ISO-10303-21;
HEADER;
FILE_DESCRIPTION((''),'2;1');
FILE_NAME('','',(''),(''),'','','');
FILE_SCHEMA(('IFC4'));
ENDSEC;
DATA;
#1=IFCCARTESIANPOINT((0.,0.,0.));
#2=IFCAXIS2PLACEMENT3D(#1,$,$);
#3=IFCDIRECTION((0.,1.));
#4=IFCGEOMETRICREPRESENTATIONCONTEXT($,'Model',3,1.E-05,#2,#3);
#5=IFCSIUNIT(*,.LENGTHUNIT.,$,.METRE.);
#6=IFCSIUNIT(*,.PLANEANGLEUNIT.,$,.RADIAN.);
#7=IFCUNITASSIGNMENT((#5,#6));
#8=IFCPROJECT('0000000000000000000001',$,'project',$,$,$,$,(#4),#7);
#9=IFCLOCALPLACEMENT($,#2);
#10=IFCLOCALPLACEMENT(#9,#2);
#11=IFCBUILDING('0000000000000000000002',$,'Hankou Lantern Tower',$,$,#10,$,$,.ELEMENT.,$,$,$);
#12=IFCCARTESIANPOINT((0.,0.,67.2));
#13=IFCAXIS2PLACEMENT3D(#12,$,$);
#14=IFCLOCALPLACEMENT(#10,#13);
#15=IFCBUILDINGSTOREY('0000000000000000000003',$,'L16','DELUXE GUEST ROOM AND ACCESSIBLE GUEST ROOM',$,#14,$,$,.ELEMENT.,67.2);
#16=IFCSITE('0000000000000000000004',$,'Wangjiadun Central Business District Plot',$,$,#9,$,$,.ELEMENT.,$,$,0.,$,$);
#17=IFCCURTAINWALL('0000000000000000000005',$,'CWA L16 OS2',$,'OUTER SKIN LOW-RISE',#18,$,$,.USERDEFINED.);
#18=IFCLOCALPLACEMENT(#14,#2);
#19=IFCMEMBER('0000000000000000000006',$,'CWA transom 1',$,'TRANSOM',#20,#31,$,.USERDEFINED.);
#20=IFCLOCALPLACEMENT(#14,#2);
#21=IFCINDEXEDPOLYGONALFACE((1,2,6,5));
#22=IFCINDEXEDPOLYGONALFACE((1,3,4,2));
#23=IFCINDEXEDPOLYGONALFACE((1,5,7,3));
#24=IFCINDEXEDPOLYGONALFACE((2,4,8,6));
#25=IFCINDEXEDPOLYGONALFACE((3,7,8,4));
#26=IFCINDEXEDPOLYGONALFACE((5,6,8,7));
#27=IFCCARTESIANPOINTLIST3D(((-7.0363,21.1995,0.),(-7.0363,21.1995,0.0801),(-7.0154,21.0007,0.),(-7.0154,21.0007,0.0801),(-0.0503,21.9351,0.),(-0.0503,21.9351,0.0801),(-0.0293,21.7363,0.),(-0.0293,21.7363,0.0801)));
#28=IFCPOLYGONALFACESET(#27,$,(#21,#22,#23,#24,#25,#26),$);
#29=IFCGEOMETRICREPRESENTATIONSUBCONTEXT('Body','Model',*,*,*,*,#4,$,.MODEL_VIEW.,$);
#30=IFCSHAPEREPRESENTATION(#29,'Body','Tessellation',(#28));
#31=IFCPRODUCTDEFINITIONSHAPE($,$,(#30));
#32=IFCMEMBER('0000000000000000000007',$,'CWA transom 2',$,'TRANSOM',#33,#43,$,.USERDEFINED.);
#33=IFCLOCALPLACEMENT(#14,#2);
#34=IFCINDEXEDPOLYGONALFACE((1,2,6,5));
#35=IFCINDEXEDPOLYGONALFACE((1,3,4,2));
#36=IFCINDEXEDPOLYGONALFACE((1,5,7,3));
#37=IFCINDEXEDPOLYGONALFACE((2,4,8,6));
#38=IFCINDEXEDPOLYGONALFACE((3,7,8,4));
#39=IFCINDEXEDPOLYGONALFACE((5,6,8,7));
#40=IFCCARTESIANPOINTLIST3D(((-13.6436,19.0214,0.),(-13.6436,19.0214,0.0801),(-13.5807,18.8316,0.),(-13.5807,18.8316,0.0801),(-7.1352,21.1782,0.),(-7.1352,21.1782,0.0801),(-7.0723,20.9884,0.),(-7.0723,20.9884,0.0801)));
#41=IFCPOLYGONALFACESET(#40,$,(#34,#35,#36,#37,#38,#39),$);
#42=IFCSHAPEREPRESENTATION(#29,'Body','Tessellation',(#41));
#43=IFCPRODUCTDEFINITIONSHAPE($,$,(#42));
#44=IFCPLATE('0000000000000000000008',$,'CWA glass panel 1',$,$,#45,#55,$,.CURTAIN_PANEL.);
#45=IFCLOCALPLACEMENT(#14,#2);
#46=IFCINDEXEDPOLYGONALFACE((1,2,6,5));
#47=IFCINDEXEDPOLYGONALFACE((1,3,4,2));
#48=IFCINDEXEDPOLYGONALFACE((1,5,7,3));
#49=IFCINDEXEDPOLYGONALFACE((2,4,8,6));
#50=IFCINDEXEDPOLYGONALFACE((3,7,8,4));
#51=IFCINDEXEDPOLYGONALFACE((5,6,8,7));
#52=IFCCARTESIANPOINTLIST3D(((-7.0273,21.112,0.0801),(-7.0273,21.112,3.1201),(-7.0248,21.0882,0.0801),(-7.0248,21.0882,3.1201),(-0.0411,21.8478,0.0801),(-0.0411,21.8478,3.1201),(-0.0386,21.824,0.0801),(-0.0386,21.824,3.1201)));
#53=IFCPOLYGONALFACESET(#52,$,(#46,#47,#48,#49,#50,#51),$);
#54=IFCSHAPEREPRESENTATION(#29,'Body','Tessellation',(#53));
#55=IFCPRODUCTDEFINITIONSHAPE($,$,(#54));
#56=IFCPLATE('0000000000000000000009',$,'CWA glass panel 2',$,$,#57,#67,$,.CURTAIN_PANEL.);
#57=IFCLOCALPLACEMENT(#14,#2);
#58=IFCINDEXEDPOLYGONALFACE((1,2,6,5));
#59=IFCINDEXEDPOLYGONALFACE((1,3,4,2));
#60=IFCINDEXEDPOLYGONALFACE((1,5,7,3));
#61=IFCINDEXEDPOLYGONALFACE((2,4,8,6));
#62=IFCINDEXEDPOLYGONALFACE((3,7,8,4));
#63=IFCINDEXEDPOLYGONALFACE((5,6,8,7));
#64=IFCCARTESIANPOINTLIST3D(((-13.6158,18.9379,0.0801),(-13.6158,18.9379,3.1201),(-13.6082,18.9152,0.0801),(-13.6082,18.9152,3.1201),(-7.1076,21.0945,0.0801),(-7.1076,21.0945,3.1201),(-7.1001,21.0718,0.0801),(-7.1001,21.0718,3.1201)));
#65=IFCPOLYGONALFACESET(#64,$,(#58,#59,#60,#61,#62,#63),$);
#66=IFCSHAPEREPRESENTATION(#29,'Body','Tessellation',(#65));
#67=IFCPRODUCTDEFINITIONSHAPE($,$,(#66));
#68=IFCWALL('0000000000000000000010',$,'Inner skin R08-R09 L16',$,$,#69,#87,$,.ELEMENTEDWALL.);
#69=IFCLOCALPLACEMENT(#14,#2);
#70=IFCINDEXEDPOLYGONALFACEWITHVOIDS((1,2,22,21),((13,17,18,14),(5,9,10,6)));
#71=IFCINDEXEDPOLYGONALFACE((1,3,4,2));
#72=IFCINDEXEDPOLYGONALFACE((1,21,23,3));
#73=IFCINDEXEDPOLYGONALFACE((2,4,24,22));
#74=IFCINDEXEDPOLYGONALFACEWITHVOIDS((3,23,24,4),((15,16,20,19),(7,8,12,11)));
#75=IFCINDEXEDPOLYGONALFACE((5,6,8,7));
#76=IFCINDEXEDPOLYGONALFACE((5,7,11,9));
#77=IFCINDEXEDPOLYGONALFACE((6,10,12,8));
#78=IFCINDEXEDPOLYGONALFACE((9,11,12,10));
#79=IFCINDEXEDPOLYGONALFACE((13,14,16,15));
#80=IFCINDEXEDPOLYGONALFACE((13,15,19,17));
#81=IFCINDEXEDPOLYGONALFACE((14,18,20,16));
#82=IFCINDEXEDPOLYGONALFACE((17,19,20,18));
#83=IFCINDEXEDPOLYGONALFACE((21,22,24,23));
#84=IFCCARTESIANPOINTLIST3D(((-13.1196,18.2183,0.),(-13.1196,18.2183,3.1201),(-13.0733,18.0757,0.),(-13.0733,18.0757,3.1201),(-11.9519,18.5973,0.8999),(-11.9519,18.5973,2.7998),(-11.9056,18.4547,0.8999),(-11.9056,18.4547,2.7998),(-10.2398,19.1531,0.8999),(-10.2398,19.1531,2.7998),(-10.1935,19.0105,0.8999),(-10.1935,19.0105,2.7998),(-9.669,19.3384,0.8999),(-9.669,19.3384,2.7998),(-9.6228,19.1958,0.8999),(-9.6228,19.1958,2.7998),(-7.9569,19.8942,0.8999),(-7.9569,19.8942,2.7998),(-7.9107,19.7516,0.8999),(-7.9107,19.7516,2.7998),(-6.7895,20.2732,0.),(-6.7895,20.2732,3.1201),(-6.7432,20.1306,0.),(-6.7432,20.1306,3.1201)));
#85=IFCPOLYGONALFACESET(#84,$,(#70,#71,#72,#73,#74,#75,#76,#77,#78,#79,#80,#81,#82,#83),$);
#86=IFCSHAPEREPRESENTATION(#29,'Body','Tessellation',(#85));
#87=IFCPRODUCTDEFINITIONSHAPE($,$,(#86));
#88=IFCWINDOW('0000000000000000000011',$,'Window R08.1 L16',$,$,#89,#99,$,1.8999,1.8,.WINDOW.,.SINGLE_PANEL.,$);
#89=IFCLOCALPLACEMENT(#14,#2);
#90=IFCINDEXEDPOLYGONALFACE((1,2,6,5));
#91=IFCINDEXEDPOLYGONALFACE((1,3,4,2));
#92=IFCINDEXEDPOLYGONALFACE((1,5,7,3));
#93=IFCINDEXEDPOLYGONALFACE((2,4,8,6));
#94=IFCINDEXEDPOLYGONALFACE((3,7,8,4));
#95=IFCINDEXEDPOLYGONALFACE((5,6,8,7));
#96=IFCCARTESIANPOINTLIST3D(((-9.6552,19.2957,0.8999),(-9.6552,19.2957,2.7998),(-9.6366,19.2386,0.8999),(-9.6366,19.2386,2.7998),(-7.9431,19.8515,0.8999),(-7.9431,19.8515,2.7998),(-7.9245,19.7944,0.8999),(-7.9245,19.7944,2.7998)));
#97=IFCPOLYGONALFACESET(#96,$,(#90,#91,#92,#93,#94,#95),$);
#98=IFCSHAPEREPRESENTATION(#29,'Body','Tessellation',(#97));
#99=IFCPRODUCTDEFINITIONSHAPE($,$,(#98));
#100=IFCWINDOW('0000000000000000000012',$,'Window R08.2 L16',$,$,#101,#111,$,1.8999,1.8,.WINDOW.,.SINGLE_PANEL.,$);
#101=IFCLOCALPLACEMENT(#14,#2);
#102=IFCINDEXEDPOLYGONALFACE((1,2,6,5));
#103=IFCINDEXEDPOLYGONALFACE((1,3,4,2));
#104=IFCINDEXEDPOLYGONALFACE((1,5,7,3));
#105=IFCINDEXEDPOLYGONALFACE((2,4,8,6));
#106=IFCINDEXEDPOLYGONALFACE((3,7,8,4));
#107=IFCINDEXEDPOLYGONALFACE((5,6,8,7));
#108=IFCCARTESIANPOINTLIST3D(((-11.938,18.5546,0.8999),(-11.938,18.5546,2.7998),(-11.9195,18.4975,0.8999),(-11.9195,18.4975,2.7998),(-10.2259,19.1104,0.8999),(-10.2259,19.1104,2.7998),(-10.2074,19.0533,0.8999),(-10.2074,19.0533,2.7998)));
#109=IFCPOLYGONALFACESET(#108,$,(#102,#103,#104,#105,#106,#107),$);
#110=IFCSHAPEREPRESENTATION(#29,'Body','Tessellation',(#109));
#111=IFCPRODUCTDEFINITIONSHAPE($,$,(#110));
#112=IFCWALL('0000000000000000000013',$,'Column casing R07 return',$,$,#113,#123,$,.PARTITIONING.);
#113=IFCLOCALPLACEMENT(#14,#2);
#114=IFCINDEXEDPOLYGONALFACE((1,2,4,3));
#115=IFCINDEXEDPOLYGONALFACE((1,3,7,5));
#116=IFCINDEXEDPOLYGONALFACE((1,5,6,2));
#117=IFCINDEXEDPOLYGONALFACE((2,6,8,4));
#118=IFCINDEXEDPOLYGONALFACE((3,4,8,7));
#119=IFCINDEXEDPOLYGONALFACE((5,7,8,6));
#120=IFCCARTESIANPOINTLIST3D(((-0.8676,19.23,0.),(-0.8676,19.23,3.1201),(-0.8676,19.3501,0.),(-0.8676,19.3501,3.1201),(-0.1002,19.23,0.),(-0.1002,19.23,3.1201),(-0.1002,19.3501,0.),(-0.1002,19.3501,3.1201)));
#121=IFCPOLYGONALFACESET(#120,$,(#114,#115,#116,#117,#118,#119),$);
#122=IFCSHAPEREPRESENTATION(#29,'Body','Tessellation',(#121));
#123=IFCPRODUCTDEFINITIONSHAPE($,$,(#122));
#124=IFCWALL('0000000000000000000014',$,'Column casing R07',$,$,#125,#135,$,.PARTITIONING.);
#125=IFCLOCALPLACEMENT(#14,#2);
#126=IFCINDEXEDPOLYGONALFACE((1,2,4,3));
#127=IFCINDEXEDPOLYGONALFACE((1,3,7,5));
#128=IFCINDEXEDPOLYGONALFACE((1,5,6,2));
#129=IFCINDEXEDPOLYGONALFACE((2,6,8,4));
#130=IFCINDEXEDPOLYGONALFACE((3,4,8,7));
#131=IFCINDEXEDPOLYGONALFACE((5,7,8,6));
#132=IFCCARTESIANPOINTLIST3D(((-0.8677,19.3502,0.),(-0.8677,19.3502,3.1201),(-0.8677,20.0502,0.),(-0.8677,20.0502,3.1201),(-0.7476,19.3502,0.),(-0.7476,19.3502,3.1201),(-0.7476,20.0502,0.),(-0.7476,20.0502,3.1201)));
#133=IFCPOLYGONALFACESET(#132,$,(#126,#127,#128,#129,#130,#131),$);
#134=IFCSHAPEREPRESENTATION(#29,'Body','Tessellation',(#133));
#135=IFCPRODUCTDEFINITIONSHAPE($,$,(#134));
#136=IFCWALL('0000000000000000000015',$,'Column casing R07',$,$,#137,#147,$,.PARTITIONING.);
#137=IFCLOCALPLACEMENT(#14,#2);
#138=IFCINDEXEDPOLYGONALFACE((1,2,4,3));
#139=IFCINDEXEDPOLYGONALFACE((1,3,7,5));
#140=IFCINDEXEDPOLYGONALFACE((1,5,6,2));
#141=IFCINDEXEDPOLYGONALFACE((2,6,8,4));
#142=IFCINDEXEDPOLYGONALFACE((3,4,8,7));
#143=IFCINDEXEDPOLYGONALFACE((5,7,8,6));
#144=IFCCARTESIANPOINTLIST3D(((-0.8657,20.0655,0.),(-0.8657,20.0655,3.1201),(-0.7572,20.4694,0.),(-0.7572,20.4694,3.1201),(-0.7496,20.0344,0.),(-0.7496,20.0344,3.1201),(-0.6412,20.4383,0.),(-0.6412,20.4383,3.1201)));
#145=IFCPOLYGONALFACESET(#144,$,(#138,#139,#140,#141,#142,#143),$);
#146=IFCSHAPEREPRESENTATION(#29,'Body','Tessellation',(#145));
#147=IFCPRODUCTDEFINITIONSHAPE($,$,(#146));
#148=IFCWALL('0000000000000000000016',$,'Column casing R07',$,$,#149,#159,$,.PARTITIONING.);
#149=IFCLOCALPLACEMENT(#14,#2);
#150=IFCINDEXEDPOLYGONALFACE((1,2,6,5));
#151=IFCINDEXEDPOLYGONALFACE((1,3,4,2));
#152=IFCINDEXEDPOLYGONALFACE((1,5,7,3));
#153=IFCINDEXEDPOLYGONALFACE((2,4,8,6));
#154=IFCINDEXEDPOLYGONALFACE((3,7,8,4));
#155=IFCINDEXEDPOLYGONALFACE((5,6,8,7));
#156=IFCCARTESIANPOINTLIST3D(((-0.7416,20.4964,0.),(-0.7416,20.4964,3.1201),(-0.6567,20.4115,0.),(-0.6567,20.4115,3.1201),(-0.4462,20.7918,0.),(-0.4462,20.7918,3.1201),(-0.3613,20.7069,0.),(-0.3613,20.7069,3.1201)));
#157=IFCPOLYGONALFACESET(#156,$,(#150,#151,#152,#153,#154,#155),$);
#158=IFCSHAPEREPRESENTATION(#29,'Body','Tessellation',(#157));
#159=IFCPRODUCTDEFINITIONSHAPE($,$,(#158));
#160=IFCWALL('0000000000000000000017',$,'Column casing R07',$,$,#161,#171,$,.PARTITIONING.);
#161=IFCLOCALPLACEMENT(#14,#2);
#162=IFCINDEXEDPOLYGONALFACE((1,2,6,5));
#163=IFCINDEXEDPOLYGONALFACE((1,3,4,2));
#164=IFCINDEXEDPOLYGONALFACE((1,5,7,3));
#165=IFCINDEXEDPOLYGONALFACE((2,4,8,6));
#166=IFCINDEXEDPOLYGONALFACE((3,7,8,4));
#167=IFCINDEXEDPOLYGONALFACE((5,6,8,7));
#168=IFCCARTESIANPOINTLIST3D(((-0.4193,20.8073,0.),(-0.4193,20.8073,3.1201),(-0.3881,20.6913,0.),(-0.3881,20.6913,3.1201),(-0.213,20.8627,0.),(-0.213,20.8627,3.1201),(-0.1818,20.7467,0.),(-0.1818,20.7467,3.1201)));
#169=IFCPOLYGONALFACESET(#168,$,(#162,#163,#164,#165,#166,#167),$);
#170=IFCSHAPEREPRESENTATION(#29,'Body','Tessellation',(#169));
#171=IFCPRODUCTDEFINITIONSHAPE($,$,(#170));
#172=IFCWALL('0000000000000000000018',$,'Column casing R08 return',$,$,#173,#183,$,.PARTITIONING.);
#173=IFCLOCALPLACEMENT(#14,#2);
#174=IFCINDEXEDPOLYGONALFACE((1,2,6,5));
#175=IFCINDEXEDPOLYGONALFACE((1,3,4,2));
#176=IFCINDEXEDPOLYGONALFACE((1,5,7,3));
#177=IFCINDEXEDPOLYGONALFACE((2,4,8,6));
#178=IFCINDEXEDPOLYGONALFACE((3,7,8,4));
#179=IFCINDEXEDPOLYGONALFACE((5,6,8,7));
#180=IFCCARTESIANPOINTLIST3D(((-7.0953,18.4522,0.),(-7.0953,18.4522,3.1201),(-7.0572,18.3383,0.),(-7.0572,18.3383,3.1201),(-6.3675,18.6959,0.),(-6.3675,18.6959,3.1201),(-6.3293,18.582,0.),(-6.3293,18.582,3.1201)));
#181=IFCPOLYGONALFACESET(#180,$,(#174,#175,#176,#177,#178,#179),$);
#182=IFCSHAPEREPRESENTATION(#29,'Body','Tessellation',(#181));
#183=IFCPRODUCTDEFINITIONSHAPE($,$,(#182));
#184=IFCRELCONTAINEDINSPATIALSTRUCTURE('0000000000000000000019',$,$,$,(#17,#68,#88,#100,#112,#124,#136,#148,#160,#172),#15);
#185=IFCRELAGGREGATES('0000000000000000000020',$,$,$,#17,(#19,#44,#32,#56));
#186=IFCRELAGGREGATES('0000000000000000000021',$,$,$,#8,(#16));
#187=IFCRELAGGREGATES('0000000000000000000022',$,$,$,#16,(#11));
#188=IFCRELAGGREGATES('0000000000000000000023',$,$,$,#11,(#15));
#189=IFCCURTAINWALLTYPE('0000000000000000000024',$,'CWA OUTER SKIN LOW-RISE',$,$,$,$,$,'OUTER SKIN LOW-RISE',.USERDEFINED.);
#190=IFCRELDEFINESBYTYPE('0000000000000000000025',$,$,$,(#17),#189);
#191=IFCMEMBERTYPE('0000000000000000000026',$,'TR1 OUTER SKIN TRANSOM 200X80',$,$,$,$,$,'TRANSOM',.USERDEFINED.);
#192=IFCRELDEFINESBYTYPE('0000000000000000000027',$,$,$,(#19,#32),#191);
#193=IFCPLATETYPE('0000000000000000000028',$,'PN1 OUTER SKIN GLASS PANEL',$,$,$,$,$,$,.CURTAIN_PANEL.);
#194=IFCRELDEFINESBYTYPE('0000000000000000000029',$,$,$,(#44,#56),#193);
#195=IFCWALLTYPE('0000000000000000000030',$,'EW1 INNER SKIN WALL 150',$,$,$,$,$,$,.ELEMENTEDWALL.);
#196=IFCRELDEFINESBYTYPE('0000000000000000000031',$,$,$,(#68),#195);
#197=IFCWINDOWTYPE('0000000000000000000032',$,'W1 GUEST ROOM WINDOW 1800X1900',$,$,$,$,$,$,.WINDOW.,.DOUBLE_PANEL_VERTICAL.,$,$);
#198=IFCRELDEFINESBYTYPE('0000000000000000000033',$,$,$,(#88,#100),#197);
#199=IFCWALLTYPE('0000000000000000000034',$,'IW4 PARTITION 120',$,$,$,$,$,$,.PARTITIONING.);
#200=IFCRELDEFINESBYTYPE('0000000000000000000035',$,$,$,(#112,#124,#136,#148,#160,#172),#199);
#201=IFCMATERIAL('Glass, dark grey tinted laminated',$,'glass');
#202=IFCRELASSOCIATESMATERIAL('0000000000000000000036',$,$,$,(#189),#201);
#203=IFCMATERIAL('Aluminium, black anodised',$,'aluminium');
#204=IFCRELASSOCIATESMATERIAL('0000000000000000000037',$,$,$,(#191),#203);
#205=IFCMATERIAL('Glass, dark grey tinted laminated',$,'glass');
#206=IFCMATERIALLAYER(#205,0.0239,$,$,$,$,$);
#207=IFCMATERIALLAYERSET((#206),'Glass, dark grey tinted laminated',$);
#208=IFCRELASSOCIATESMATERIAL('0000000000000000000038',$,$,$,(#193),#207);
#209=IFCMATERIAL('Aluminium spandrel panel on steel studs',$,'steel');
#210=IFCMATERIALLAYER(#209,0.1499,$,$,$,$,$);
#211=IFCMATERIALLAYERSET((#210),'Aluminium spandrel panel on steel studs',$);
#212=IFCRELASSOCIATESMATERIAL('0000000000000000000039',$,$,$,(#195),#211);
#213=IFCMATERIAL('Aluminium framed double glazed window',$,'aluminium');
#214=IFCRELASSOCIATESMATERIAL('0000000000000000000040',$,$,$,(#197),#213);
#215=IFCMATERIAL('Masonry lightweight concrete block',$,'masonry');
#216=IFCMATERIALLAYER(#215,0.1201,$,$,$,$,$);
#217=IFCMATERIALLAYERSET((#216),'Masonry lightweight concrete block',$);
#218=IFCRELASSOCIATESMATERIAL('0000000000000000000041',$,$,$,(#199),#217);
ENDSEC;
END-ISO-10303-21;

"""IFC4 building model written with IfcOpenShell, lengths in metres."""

from ifc_helpers import new_model, si_unit, direction, frame, frame_2d, origin, origin_2d, place, context, subcontext, project, spatial, rectangle, extrude, material, layer, layer_set, material_profile, profile_set, type_object, element, fill, aggregate, save


model = new_model("IFC4")

# Units and contexts
model_context = context("Model", 3, precision=1e-05, world=origin(), true_north=direction((0.0, 1.0)))
body_context = subcontext(model_context, "Body", "Model", "MODEL_VIEW")
ifc_project = project(units=[si_unit("LENGTHUNIT", "METRE"), si_unit("PLANEANGLEUNIT", "RADIAN")], contexts=[model_context])

# Site, building, storey
site_placement = place(None, origin())
site = spatial("IfcSite", under=ifc_project, at=site_placement, Name="Wangjiadun Central Business District Plot", CompositionType="ELEMENT", RefElevation=0.0)
building_placement = place(site_placement, origin())
building = spatial("IfcBuilding", under=site, at=building_placement, Name="Hankou Lantern Tower", CompositionType="ELEMENT")
storey_placement = place(building_placement, frame((0.0, 0.0, 67.2)))
storey = spatial("IfcBuildingStorey", under=building, at=storey_placement, Name="L16", Description="DELUXE GUEST ROOM AND ACCESSIBLE GUEST ROOM", CompositionType="ELEMENT", Elevation=67.2)

# Curtain wall
ifc_material_1 = material(Name="Glass, dark grey tinted laminated", Category="glass")
curtain_wall_type = type_object("IfcCurtainWallType", Name="CWA OUTER SKIN LOW-RISE", ElementType="OUTER SKIN LOW-RISE", PredefinedType="USERDEFINED", material=ifc_material_1)
curtain_wall_placement = place(storey_placement, origin())
curtain_wall = element("IfcCurtainWall", 1, at=curtain_wall_placement, inside=storey, type_object=curtain_wall_type, Name="CWA L16 OS2", ObjectType="OUTER SKIN LOW-RISE", PredefinedType="USERDEFINED")

# Members
ifc_material_2 = material(Name="Aluminium, black anodised", Category="aluminium")
ifc_material_profile_1 = material_profile(ifc_material_2, rectangle(XDim=0.2, YDim=0.0801, at=origin_2d()), Name="TR1 200X80")
ifc_profile_set_1 = profile_set([ifc_material_profile_1], Name="Aluminium, black anodised")
member_type_1 = type_object("IfcMemberType", Name="TR1 OUTER SKIN TRANSOM 200X80", ElementType="TRANSOM", PredefinedType="USERDEFINED", material=ifc_profile_set_1)
member_1_placement = place(storey_placement, frame((-0.0398, 21.8357, 0.04), z_axis=(-0.994502, -0.104716, 0.0), x_axis=(0.104716, -0.994502, 0.0)))
member_1 = element("IfcMember", 2, at=member_1_placement, type_object=member_type_1, Name="CWA transom 1", ObjectType="TRANSOM", PredefinedType="USERDEFINED", context=body_context, shape_type="SweptSolid", body=[
    extrude(rectangle(XDim=0.2, YDim=0.0801, at=origin_2d()), origin(), (0.0, 0.0, 1.0), 7.0247),
])
member_2_placement = place(storey_placement, frame((-7.1038, 21.0833, 0.04), z_axis=(-0.949237, -0.314561, 0.0), x_axis=(0.314561, -0.949237, 0.0)))
member_2 = element("IfcMember", 3, at=member_2_placement, type_object=member_type_1, Name="CWA transom 2", ObjectType="TRANSOM", PredefinedType="USERDEFINED", context=body_context, shape_type="SweptSolid", body=[
    extrude(rectangle(XDim=0.2, YDim=0.0801, at=origin_2d()), origin(), (0.0, 0.0, 1.0), 6.8564),
])

# Plates
ifc_material_3 = material(Name="Glass, dark grey tinted laminated", Category="glass")
ifc_layer_1 = layer(ifc_material_3, 0.0239)
ifc_layer_set_1 = layer_set([ifc_layer_1], Name="Glass, dark grey tinted laminated")
plate_type = type_object("IfcPlateType", Name="PN1 OUTER SKIN GLASS PANEL", PredefinedType="CURTAIN_PANEL", material=ifc_layer_set_1)
plate_1_placement = place(storey_placement, frame((-3.533, 21.468, 0.0801), z_axis=(0.0, 0.0, 1.0), x_axis=(-0.994499, -0.104743, 0.0)))
plate_1 = element("IfcPlate", 4, at=plate_1_placement, type_object=plate_type, Name="CWA glass panel 1", PredefinedType="CURTAIN_PANEL", context=body_context, shape_type="SweptSolid", body=[
    extrude(rectangle(XDim=7.0249, YDim=0.0239, at=origin_2d()), origin(), (0.0, 0.0, 1.0), 3.04),
])
plate_2_placement = place(storey_placement, frame((-10.3579, 20.0049, 0.0801), z_axis=(0.0, 0.0, 1.0), x_axis=(-0.949241, -0.314551, 0.0)))
plate_2 = element("IfcPlate", 5, at=plate_2_placement, type_object=plate_type, Name="CWA glass panel 2", PredefinedType="CURTAIN_PANEL", context=body_context, shape_type="SweptSolid", body=[
    extrude(rectangle(XDim=6.8562, YDim=0.0239, at=origin_2d()), origin(), (0.0, 0.0, 1.0), 3.04),
])
aggregate(curtain_wall, [member_1, plate_1, member_2, plate_2])

# Wall, openings, windows
ifc_material_4 = material(Name="Aluminium spandrel panel on steel studs", Category="steel")
ifc_layer_2 = layer(ifc_material_4, 0.1499)
ifc_layer_set_2 = layer_set([ifc_layer_2], Name="Aluminium spandrel panel on steel studs")
wall_type_1 = type_object("IfcWallType", Name="EW1 INNER SKIN WALL 150", PredefinedType="ELEMENTEDWALL", material=ifc_layer_set_2)
wall_1_placement = place(storey_placement, frame((-6.7664, 20.2019, 0.0), z_axis=(0.0, 0.0, 1.0), x_axis=(-0.951138, -0.308768, 0.0)))
wall_1 = element("IfcWall", 6, at=wall_1_placement, inside=storey, type_object=wall_type_1, Name="Inner skin R08-R09 L16", PredefinedType="ELEMENTEDWALL", context=body_context, shape_type="SweptSolid", body=[
    extrude(rectangle(XDim=6.6553, YDim=0.1499, at=frame_2d((3.3276, 0.0))), origin(), (0.0, 0.0, 1.0), 3.1201),
])
opening_1_placement = place(wall_1_placement, frame((1.2275, 0.0, 0.8999)))
opening_1 = element("IfcOpeningElement", 7, at=opening_1_placement, cuts=wall_1, PredefinedType="OPENING", context=body_context, shape_type="SweptSolid", body=[
    extrude(rectangle(XDim=1.8, YDim=1.8999, at=frame_2d((0.8999, 0.95))), frame((0.0, 0.085, 0.0), z_axis=(0.0, -1.0, 0.0), x_axis=(1.0, 0.0, 0.0)), (0.0, 0.0, 1.0), 0.1699),
])
opening_2_placement = place(wall_1_placement, frame((3.6277, 0.0, 0.8999)))
opening_2 = element("IfcOpeningElement", 8, at=opening_2_placement, cuts=wall_1, PredefinedType="OPENING", context=body_context, shape_type="SweptSolid", body=[
    extrude(rectangle(XDim=1.8, YDim=1.8999, at=frame_2d((0.8999, 0.95))), frame((0.0, 0.085, 0.0), z_axis=(0.0, -1.0, 0.0), x_axis=(1.0, 0.0, 0.0)), (0.0, 0.0, 1.0), 0.1699),
])
ifc_material_5 = material(Name="Aluminium framed double glazed window", Category="aluminium")
window_type = type_object("IfcWindowType", Name="W1 GUEST ROOM WINDOW 1800X1900", PartitioningType="DOUBLE_PANEL_VERTICAL", PredefinedType="WINDOW", material=ifc_material_5)
window_1_placement = place(opening_1_placement, origin())
window_1 = element("IfcWindow", 9, at=window_1_placement, inside=storey, type_object=window_type, Name="Window R08.1 L16", OverallHeight=1.8999, OverallWidth=1.8, PartitioningType="SINGLE_PANEL", PredefinedType="WINDOW", context=body_context, shape_type="SweptSolid", body=[
    extrude(rectangle(XDim=1.8, YDim=1.8999, at=frame_2d((0.8999, 0.95))), frame((0.0, 0.03, 0.0), z_axis=(0.0, -1.0, 0.0), x_axis=(1.0, 0.0, 0.0)), (0.0, 0.0, 1.0), 0.0601),
])
fill(opening_1, window_1)
window_2_placement = place(opening_2_placement, origin())
window_2 = element("IfcWindow", 10, at=window_2_placement, inside=storey, type_object=window_type, Name="Window R08.2 L16", OverallHeight=1.8999, OverallWidth=1.8, PartitioningType="SINGLE_PANEL", PredefinedType="WINDOW", context=body_context, shape_type="SweptSolid", body=[
    extrude(rectangle(XDim=1.8, YDim=1.8999, at=frame_2d((0.8999, 0.95))), frame((0.0, 0.03, 0.0), z_axis=(0.0, -1.0, 0.0), x_axis=(1.0, 0.0, 0.0)), (0.0, 0.0, 1.0), 0.0601),
])
fill(opening_2, window_2)

# Walls
ifc_material_6 = material(Name="Masonry lightweight concrete block", Category="masonry")
ifc_layer_3 = layer(ifc_material_6, 0.1201)
ifc_layer_set_3 = layer_set([ifc_layer_3], Name="Masonry lightweight concrete block")
wall_type_2 = type_object("IfcWallType", Name="IW4 PARTITION 120", PredefinedType="PARTITIONING", material=ifc_layer_set_3)
wall_2_placement = place(storey_placement, frame((-0.1001, 19.29, 0.0), z_axis=(0.0, 0.0, 1.0), x_axis=(-1.0, 0.0, 0.0)))
element("IfcWall", 11, at=wall_2_placement, inside=storey, type_object=wall_type_2, Name="Column casing R07 return", PredefinedType="PARTITIONING", context=body_context, shape_type="SweptSolid", body=[
    extrude(rectangle(XDim=0.7673, YDim=0.1201, at=frame_2d((0.3838, 0.0))), origin(), (0.0, 0.0, 1.0), 3.1201),
])
wall_3_placement = place(storey_placement, frame((-0.8076, 19.3501, 0.0), z_axis=(0.0, 0.0, 1.0), x_axis=(0.0, 1.0, 0.0)))
element("IfcWall", 12, at=wall_3_placement, inside=storey, type_object=wall_type_2, Name="Column casing R07", PredefinedType="PARTITIONING", context=body_context, shape_type="SweptSolid", body=[
    extrude(rectangle(XDim=0.7, YDim=0.1201, at=frame_2d((0.3501, 0.0))), origin(), (0.0, 0.0, 1.0), 3.1201),
])
wall_4_placement = place(storey_placement, frame((-0.8076, 20.05, 0.0), z_axis=(0.0, 0.0, 1.0), x_axis=(0.259261, 0.965807, 0.0)))
element("IfcWall", 13, at=wall_4_placement, inside=storey, type_object=wall_type_2, Name="Column casing R07", PredefinedType="PARTITIONING", context=body_context, shape_type="SweptSolid", body=[
    extrude(rectangle(XDim=0.4182, YDim=0.1201, at=frame_2d((0.209, 0.0))), origin(), (0.0, 0.0, 1.0), 3.1201),
])
wall_5_placement = place(storey_placement, frame((-0.6992, 20.4539, 0.0), z_axis=(0.0, 0.0, 1.0), x_axis=(0.707107, 0.707107, 0.0)))
element("IfcWall", 14, at=wall_5_placement, inside=storey, type_object=wall_type_2, Name="Column casing R07", PredefinedType="PARTITIONING", context=body_context, shape_type="SweptSolid", body=[
    extrude(rectangle(XDim=0.4177, YDim=0.1201, at=frame_2d((0.209, 0.0))), origin(), (0.0, 0.0, 1.0), 3.1201),
])
wall_6_placement = place(storey_placement, frame((-0.4038, 20.7493, 0.0), z_axis=(0.0, 0.0, 1.0), x_axis=(0.965759, 0.259441, 0.0)))
element("IfcWall", 15, at=wall_6_placement, inside=storey, type_object=wall_type_2, Name="Column casing R07", PredefinedType="PARTITIONING", context=body_context, shape_type="SweptSolid", body=[
    extrude(rectangle(XDim=0.2136, YDim=0.1201, at=frame_2d((0.1069, 0.0))), origin(), (0.0, 0.0, 1.0), 3.1201),
])
wall_7_placement = place(storey_placement, frame((-6.3484, 18.6389, 0.0), z_axis=(0.0, 0.0, 1.0), x_axis=(-0.948269, -0.317468, 0.0)))
element("IfcWall", 16, at=wall_7_placement, inside=storey, type_object=wall_type_2, Name="Column casing R08 return", PredefinedType="PARTITIONING", context=body_context, shape_type="SweptSolid", body=[
    extrude(rectangle(XDim=0.7676, YDim=0.1201, at=frame_2d((0.3838, 0.0))), origin(), (0.0, 0.0, 1.0), 3.1201),
])

save(model, "model.ifc")
